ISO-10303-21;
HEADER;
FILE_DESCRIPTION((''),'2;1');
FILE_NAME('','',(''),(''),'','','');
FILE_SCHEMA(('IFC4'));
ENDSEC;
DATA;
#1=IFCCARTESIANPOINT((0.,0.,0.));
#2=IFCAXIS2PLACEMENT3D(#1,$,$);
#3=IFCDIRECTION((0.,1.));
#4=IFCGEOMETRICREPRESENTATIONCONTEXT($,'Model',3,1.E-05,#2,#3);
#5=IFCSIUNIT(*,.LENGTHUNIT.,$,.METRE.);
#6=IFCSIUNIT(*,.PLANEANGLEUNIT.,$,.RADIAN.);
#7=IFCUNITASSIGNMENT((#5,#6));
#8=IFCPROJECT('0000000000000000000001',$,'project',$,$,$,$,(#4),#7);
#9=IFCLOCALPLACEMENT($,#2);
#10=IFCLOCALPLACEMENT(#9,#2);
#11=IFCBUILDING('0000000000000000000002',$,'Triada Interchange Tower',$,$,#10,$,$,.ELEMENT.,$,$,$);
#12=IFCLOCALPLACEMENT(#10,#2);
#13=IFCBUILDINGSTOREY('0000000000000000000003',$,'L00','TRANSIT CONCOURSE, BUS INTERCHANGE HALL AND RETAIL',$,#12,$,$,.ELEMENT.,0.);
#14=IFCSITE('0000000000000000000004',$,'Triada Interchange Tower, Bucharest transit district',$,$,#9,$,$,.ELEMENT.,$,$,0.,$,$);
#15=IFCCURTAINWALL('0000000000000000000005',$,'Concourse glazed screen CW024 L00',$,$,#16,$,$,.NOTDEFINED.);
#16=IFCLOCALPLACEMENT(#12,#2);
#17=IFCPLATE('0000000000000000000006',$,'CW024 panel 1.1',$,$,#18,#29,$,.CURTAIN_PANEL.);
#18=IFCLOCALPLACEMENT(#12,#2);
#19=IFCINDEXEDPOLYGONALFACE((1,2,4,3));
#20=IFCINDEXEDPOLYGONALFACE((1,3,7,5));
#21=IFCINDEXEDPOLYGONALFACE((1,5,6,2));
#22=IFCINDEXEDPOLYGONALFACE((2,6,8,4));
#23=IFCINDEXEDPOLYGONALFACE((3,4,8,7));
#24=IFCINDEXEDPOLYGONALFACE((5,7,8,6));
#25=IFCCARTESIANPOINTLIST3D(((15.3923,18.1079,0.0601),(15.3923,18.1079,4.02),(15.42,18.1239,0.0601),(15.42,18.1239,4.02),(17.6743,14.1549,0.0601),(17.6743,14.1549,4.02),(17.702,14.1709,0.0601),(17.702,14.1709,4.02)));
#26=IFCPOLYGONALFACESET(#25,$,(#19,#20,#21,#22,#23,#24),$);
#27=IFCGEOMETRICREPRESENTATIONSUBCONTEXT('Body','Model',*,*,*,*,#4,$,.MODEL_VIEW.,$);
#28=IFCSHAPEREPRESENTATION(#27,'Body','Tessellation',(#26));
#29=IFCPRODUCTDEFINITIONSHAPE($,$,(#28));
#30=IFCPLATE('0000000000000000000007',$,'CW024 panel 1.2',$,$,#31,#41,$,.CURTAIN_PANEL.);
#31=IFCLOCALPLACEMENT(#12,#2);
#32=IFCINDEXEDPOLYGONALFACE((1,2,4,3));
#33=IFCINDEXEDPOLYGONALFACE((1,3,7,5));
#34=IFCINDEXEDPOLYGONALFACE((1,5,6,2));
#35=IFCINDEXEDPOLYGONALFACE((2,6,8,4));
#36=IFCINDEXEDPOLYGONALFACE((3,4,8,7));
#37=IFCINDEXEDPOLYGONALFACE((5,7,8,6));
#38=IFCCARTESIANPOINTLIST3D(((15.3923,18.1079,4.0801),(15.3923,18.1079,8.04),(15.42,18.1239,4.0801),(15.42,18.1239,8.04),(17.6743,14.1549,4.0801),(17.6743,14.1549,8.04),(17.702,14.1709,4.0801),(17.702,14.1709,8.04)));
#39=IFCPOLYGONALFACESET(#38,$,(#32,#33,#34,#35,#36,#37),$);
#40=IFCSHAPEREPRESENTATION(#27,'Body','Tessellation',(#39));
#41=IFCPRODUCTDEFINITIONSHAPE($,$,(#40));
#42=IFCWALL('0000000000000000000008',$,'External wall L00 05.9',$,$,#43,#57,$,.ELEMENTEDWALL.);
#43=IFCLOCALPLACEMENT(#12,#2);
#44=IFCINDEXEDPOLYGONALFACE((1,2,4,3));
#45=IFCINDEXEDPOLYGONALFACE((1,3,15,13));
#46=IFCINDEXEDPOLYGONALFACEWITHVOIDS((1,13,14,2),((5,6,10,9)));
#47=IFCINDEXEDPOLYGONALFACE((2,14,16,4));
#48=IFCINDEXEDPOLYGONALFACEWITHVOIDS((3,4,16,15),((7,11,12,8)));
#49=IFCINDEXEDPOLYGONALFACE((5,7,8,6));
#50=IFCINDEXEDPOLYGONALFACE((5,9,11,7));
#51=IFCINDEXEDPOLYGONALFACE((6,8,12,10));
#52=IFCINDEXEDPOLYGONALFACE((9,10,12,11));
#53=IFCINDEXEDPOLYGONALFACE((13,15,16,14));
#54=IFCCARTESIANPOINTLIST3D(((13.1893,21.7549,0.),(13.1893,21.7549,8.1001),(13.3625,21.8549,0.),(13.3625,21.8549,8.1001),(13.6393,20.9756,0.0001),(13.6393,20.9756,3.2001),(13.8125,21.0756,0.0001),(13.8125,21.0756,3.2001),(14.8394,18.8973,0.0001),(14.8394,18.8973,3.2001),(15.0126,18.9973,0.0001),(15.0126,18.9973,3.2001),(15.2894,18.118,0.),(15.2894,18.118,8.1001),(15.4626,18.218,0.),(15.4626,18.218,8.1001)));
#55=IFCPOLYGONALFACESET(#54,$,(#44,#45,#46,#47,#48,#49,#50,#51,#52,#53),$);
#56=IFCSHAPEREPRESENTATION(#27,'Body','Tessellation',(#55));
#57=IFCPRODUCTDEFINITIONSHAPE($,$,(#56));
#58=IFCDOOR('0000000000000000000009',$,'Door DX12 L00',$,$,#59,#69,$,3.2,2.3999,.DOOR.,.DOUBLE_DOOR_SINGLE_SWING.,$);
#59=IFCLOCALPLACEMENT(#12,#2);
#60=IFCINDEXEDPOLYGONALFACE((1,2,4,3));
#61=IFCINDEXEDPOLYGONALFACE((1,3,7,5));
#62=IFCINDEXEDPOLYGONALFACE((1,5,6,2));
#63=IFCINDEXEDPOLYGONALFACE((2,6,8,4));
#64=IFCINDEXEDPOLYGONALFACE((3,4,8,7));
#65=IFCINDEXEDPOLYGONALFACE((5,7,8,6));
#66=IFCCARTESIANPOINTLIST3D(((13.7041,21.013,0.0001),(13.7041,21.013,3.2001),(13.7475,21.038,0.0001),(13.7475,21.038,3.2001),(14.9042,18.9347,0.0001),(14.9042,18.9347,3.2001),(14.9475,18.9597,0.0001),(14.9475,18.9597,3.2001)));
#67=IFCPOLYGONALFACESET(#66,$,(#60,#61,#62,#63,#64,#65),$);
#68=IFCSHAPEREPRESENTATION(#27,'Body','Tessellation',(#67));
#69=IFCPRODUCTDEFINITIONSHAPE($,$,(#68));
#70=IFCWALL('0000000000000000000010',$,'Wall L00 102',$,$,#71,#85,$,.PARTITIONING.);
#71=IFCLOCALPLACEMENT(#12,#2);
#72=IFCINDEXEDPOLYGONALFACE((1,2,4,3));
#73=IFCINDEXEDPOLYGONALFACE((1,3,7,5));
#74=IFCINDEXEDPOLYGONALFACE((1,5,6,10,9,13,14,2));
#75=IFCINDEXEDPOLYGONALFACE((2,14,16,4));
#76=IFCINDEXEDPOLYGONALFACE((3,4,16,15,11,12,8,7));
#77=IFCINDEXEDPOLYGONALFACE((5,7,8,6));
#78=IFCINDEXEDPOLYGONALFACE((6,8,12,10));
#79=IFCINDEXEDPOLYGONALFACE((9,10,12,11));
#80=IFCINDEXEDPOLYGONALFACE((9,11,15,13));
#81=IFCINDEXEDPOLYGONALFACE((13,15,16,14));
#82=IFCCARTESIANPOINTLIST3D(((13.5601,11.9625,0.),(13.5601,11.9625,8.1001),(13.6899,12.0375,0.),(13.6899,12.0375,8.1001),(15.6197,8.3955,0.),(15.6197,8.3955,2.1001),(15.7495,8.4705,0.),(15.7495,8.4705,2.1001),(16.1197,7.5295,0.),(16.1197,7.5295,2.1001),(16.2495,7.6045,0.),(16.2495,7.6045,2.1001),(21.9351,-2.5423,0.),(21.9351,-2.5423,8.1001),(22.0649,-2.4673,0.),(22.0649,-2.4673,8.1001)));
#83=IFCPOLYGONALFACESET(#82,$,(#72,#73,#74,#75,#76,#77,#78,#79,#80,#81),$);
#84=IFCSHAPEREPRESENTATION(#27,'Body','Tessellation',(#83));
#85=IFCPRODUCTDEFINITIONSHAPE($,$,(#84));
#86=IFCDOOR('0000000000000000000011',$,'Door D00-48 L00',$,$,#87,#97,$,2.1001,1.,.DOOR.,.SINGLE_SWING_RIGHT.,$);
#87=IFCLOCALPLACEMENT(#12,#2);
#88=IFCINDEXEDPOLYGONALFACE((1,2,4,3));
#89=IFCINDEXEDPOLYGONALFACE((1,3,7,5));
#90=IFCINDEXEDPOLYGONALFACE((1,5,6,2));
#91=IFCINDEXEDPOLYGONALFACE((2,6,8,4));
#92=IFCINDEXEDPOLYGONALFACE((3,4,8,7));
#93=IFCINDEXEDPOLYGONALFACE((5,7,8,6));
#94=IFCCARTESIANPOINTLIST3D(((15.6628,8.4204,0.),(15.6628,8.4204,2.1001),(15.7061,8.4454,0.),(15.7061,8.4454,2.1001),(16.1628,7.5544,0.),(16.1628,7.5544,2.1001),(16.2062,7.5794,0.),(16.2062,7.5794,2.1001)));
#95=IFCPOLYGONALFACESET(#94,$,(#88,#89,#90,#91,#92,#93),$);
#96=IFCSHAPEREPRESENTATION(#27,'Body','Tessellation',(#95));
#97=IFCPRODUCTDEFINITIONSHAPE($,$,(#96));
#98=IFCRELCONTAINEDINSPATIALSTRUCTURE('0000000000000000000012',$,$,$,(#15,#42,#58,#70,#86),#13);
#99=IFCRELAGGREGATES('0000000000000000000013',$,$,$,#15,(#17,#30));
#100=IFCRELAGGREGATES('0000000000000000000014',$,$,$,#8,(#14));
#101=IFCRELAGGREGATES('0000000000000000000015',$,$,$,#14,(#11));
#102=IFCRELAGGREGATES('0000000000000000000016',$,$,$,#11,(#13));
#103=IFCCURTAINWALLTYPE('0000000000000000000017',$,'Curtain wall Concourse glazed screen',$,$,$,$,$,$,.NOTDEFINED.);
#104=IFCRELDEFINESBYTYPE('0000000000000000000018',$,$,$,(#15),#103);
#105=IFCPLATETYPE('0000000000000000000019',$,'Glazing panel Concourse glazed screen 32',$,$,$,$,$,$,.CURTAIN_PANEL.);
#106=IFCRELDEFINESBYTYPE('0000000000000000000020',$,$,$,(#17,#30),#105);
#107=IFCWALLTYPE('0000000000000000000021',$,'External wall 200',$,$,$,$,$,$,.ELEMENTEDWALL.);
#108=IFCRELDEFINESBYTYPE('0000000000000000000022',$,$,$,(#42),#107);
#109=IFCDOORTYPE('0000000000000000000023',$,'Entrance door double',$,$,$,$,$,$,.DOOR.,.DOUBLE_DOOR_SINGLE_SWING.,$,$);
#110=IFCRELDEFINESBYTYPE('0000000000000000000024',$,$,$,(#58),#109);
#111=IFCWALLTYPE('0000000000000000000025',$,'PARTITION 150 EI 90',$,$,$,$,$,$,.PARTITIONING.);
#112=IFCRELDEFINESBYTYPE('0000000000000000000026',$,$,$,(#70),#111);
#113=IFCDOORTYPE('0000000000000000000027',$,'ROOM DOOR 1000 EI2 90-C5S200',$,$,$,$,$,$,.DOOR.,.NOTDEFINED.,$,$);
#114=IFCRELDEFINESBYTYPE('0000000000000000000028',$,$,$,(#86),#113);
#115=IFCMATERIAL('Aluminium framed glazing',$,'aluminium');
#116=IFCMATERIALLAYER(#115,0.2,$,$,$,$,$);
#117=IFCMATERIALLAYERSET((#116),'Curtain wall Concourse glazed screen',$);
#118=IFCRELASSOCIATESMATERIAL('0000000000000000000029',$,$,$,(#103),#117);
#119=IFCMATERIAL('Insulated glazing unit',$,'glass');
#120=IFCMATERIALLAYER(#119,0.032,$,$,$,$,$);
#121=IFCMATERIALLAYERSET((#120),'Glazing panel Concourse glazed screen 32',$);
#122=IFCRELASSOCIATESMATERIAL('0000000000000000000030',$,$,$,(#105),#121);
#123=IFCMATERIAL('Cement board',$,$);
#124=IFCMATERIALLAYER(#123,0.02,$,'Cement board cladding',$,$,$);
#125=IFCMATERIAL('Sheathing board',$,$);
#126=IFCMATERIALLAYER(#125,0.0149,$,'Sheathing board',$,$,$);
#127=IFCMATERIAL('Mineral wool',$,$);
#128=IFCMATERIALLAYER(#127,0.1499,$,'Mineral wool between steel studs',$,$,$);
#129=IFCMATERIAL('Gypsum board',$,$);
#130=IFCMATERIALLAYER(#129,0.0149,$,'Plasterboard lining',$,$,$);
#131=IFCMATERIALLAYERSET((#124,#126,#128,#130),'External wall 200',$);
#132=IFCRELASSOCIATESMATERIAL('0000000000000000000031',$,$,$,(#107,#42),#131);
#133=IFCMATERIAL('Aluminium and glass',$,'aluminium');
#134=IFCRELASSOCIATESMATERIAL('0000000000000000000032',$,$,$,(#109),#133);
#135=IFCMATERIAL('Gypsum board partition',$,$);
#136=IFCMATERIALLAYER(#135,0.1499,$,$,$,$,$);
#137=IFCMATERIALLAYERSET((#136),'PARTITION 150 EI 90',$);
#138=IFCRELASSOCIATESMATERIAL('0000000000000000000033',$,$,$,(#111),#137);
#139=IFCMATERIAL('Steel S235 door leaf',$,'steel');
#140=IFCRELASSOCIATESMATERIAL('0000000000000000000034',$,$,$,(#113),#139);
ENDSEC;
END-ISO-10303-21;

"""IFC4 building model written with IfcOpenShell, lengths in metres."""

from ifc_helpers import new_model, si_unit, direction, frame, frame_2d, origin, origin_2d, place, context, subcontext, project, spatial, rectangle, extrude, material, layer, layer_set, layer_usage, type_object, element, fill, aggregate, save


model = new_model("IFC4")

# Units and contexts
model_context = context("Model", 3, precision=1e-05, world=origin(), true_north=direction((0.0, 1.0)))
body_context = subcontext(model_context, "Body", "Model", "MODEL_VIEW")
ifc_project = project(units=[si_unit("LENGTHUNIT", "METRE"), si_unit("PLANEANGLEUNIT", "RADIAN")], contexts=[model_context])

# Site, building, storey
site_placement = place(None, origin())
site = spatial("IfcSite", under=ifc_project, at=site_placement, Name="Triada Interchange Tower, Bucharest transit district", CompositionType="ELEMENT", RefElevation=0.0)
building_placement = place(site_placement, origin())
building = spatial("IfcBuilding", under=site, at=building_placement, Name="Triada Interchange Tower", CompositionType="ELEMENT")
storey_placement = place(building_placement, origin())
storey = spatial("IfcBuildingStorey", under=building, at=storey_placement, Name="L00", Description="TRANSIT CONCOURSE, BUS INTERCHANGE HALL AND RETAIL", CompositionType="ELEMENT", Elevation=0.0)

# Shared definitions
ifc_material_1 = material(Name="Aluminium framed glazing", Category="aluminium")
ifc_layer_1 = layer(ifc_material_1, 0.2)
ifc_layer_set_1 = layer_set([ifc_layer_1], Name="Curtain wall Concourse glazed screen")
curtain_wall_type = type_object("IfcCurtainWallType", Name="Curtain wall Concourse glazed screen", PredefinedType="NOTDEFINED", material=ifc_layer_set_1)

# Curtain wall
curtain_wall_1_placement = place(storey_placement, origin())
curtain_wall_1 = element("IfcCurtainWall", 1, at=curtain_wall_1_placement, inside=storey, type_object=curtain_wall_type, Name="Concourse glazed screen CW024 L00", PredefinedType="NOTDEFINED")

# Plates
ifc_material_2 = material(Name="Insulated glazing unit", Category="glass")
ifc_layer_2 = layer(ifc_material_2, 0.032)
ifc_layer_set_2 = layer_set([ifc_layer_2], Name="Glazing panel Concourse glazed screen 32")
plate_type = type_object("IfcPlateType", Name="Glazing panel Concourse glazed screen 32", PredefinedType="CURTAIN_PANEL", material=ifc_layer_set_2)
plate_1_placement = place(storey_placement, frame((16.5471, 16.1394, 0.0601), z_axis=(0.0, 0.0, 1.0), x_axis=(-0.49995, 0.866054, 0.0)))
plate_1 = element("IfcPlate", 2, at=plate_1_placement, type_object=plate_type, Name="CW024 panel 1.1", PredefinedType="CURTAIN_PANEL", context=body_context, shape_type="SweptSolid", body=[
    extrude(rectangle(XDim=4.5645, YDim=0.032, at=origin_2d()), origin(), (0.0, 0.0, 1.0), 3.96),
])
plate_2_placement = place(storey_placement, frame((16.5471, 16.1394, 4.0801), z_axis=(0.0, 0.0, 1.0), x_axis=(-0.49995, 0.866054, 0.0)))
plate_2 = element("IfcPlate", 3, at=plate_2_placement, type_object=plate_type, Name="CW024 panel 1.2", PredefinedType="CURTAIN_PANEL", context=body_context, shape_type="SweptSolid", body=[
    extrude(rectangle(XDim=4.5645, YDim=0.032, at=origin_2d()), origin(), (0.0, 0.0, 1.0), 3.96),
])
aggregate(curtain_wall_1, [plate_1, plate_2])

# Walls, openings, doors
ifc_material_3 = material(Name="Cement board")
ifc_layer_3 = layer(ifc_material_3, 0.02, Name="Cement board cladding")
ifc_material_4 = material(Name="Sheathing board")
ifc_layer_4 = layer(ifc_material_4, 0.0149, Name="Sheathing board")
ifc_material_5 = material(Name="Mineral wool")
ifc_layer_5 = layer(ifc_material_5, 0.1499, Name="Mineral wool between steel studs")
ifc_material_6 = material(Name="Gypsum board")
ifc_layer_6 = layer(ifc_material_6, 0.0149, Name="Plasterboard lining")
ifc_layer_set_3 = layer_set([ifc_layer_3, ifc_layer_4, ifc_layer_5, ifc_layer_6], Name="External wall 200")
ifc_layer_usage = layer_usage(ifc_layer_set_3, "AXIS2", "POSITIVE", -0.1001)
wall_type_1 = type_object("IfcWallType", Name="External wall 200", PredefinedType="ELEMENTEDWALL", material=ifc_layer_set_3)
wall_1_placement = place(storey_placement, frame((15.376, 18.168, 0.0), z_axis=(0.0, 0.0, 1.0), x_axis=(-0.500053, 0.865995, 0.0)))
wall_1 = element("IfcWall", 4, at=wall_1_placement, inside=storey, type_object=wall_type_1, material=ifc_layer_usage, Name="External wall L00 05.9", PredefinedType="ELEMENTEDWALL", context=body_context, shape_type="SweptSolid", body=[
    extrude(rectangle(XDim=4.1997, YDim=0.2, at=frame_2d((2.0999, 0.0))), origin(), (0.0, 0.0, 1.0), 8.1001),
])
opening_1_placement = place(wall_1_placement, frame((0.8999, 0.0, 0.0)))
opening_1 = element("IfcOpeningElement", 5, at=opening_1_placement, cuts=wall_1, PredefinedType="OPENING", context=body_context, shape_type="SweptSolid", body=[
    extrude(rectangle(XDim=2.3999, YDim=3.2, at=frame_2d((1.2, 1.6001))), frame((0.0, 0.1099, 0.0), z_axis=(0.0, -1.0, 0.0), x_axis=(1.0, 0.0, 0.0)), (0.0, 0.0, 1.0), 0.22),
])
ifc_material_7 = material(Name="Aluminium and glass", Category="aluminium")
door_type_1 = type_object("IfcDoorType", Name="Entrance door double", OperationType="DOUBLE_DOOR_SINGLE_SWING", PredefinedType="DOOR", material=ifc_material_7)
door_1_placement = place(opening_1_placement, frame((2.3999, 0.0, 0.0), z_axis=(0.0, 0.0, 1.0), x_axis=(-1.0, 0.0, 0.0)))
door_1 = element("IfcDoor", 6, at=door_1_placement, inside=storey, type_object=door_type_1, Name="Door DX12 L00", OperationType="DOUBLE_DOOR_SINGLE_SWING", OverallHeight=3.2, OverallWidth=2.3999, PredefinedType="DOOR", context=body_context, shape_type="SweptSolid", body=[
    extrude(rectangle(XDim=2.3999, YDim=3.2, at=frame_2d((1.2, 1.6001))), frame((0.0, 0.0249, 0.0), z_axis=(0.0, -1.0, 0.0), x_axis=(1.0, 0.0, 0.0)), (0.0, 0.0, 1.0), 0.05),
])
fill(opening_1, door_1)
ifc_material_8 = material(Name="Gypsum board partition")
ifc_layer_7 = layer(ifc_material_8, 0.1499)
ifc_layer_set_4 = layer_set([ifc_layer_7], Name="PARTITION 150 EI 90")
wall_type_2 = type_object("IfcWallType", Name="PARTITION 150 EI 90", PredefinedType="PARTITIONING", material=ifc_layer_set_4)
wall_2_placement = place(storey_placement, frame((13.625, 12.0, 0.0), z_axis=(0.0, 0.0, 1.0), x_axis=(0.500027, -0.86601, 0.0)))
wall_2 = element("IfcWall", 7, at=wall_2_placement, inside=storey, type_object=wall_type_2, Name="Wall L00 102", PredefinedType="PARTITIONING", context=body_context, shape_type="SweptSolid", body=[
    extrude(rectangle(XDim=16.749, YDim=0.1499, at=frame_2d((8.3745, 0.0))), origin(), (0.0, 0.0, 1.0), 8.1001),
])
opening_2_placement = place(wall_2_placement, frame((4.1189, 0.0, 0.0)))
opening_2 = element("IfcOpeningElement", 8, at=opening_2_placement, cuts=wall_2, PredefinedType="OPENING", context=body_context, shape_type="SweptSolid", body=[
    extrude(rectangle(XDim=1.0, YDim=2.1001, at=frame_2d((0.5, 1.05))), frame((0.0, 0.085, 0.0), z_axis=(0.0, -1.0, 0.0), x_axis=(1.0, 0.0, 0.0)), (0.0, 0.0, 1.0), 0.1699),
])
ifc_material_9 = material(Name="Steel S235 door leaf", Category="steel")
door_type_2 = type_object("IfcDoorType", Name="ROOM DOOR 1000 EI2 90-C5S200", OperationType="NOTDEFINED", PredefinedType="DOOR", material=ifc_material_9)
door_2_placement = place(opening_2_placement, origin())
door_2 = element("IfcDoor", 9, at=door_2_placement, inside=storey, type_object=door_type_2, Name="Door D00-48 L00", OperationType="SINGLE_SWING_RIGHT", OverallHeight=2.1001, OverallWidth=1.0, PredefinedType="DOOR", context=body_context, shape_type="SweptSolid", body=[
    extrude(rectangle(XDim=1.0, YDim=2.1001, at=frame_2d((0.5, 1.05))), frame((0.0, 0.0249, 0.0), z_axis=(0.0, -1.0, 0.0), x_axis=(1.0, 0.0, 0.0)), (0.0, 0.0, 1.0), 0.05),
])
fill(opening_2, door_2)

save(model, "model.ifc")
